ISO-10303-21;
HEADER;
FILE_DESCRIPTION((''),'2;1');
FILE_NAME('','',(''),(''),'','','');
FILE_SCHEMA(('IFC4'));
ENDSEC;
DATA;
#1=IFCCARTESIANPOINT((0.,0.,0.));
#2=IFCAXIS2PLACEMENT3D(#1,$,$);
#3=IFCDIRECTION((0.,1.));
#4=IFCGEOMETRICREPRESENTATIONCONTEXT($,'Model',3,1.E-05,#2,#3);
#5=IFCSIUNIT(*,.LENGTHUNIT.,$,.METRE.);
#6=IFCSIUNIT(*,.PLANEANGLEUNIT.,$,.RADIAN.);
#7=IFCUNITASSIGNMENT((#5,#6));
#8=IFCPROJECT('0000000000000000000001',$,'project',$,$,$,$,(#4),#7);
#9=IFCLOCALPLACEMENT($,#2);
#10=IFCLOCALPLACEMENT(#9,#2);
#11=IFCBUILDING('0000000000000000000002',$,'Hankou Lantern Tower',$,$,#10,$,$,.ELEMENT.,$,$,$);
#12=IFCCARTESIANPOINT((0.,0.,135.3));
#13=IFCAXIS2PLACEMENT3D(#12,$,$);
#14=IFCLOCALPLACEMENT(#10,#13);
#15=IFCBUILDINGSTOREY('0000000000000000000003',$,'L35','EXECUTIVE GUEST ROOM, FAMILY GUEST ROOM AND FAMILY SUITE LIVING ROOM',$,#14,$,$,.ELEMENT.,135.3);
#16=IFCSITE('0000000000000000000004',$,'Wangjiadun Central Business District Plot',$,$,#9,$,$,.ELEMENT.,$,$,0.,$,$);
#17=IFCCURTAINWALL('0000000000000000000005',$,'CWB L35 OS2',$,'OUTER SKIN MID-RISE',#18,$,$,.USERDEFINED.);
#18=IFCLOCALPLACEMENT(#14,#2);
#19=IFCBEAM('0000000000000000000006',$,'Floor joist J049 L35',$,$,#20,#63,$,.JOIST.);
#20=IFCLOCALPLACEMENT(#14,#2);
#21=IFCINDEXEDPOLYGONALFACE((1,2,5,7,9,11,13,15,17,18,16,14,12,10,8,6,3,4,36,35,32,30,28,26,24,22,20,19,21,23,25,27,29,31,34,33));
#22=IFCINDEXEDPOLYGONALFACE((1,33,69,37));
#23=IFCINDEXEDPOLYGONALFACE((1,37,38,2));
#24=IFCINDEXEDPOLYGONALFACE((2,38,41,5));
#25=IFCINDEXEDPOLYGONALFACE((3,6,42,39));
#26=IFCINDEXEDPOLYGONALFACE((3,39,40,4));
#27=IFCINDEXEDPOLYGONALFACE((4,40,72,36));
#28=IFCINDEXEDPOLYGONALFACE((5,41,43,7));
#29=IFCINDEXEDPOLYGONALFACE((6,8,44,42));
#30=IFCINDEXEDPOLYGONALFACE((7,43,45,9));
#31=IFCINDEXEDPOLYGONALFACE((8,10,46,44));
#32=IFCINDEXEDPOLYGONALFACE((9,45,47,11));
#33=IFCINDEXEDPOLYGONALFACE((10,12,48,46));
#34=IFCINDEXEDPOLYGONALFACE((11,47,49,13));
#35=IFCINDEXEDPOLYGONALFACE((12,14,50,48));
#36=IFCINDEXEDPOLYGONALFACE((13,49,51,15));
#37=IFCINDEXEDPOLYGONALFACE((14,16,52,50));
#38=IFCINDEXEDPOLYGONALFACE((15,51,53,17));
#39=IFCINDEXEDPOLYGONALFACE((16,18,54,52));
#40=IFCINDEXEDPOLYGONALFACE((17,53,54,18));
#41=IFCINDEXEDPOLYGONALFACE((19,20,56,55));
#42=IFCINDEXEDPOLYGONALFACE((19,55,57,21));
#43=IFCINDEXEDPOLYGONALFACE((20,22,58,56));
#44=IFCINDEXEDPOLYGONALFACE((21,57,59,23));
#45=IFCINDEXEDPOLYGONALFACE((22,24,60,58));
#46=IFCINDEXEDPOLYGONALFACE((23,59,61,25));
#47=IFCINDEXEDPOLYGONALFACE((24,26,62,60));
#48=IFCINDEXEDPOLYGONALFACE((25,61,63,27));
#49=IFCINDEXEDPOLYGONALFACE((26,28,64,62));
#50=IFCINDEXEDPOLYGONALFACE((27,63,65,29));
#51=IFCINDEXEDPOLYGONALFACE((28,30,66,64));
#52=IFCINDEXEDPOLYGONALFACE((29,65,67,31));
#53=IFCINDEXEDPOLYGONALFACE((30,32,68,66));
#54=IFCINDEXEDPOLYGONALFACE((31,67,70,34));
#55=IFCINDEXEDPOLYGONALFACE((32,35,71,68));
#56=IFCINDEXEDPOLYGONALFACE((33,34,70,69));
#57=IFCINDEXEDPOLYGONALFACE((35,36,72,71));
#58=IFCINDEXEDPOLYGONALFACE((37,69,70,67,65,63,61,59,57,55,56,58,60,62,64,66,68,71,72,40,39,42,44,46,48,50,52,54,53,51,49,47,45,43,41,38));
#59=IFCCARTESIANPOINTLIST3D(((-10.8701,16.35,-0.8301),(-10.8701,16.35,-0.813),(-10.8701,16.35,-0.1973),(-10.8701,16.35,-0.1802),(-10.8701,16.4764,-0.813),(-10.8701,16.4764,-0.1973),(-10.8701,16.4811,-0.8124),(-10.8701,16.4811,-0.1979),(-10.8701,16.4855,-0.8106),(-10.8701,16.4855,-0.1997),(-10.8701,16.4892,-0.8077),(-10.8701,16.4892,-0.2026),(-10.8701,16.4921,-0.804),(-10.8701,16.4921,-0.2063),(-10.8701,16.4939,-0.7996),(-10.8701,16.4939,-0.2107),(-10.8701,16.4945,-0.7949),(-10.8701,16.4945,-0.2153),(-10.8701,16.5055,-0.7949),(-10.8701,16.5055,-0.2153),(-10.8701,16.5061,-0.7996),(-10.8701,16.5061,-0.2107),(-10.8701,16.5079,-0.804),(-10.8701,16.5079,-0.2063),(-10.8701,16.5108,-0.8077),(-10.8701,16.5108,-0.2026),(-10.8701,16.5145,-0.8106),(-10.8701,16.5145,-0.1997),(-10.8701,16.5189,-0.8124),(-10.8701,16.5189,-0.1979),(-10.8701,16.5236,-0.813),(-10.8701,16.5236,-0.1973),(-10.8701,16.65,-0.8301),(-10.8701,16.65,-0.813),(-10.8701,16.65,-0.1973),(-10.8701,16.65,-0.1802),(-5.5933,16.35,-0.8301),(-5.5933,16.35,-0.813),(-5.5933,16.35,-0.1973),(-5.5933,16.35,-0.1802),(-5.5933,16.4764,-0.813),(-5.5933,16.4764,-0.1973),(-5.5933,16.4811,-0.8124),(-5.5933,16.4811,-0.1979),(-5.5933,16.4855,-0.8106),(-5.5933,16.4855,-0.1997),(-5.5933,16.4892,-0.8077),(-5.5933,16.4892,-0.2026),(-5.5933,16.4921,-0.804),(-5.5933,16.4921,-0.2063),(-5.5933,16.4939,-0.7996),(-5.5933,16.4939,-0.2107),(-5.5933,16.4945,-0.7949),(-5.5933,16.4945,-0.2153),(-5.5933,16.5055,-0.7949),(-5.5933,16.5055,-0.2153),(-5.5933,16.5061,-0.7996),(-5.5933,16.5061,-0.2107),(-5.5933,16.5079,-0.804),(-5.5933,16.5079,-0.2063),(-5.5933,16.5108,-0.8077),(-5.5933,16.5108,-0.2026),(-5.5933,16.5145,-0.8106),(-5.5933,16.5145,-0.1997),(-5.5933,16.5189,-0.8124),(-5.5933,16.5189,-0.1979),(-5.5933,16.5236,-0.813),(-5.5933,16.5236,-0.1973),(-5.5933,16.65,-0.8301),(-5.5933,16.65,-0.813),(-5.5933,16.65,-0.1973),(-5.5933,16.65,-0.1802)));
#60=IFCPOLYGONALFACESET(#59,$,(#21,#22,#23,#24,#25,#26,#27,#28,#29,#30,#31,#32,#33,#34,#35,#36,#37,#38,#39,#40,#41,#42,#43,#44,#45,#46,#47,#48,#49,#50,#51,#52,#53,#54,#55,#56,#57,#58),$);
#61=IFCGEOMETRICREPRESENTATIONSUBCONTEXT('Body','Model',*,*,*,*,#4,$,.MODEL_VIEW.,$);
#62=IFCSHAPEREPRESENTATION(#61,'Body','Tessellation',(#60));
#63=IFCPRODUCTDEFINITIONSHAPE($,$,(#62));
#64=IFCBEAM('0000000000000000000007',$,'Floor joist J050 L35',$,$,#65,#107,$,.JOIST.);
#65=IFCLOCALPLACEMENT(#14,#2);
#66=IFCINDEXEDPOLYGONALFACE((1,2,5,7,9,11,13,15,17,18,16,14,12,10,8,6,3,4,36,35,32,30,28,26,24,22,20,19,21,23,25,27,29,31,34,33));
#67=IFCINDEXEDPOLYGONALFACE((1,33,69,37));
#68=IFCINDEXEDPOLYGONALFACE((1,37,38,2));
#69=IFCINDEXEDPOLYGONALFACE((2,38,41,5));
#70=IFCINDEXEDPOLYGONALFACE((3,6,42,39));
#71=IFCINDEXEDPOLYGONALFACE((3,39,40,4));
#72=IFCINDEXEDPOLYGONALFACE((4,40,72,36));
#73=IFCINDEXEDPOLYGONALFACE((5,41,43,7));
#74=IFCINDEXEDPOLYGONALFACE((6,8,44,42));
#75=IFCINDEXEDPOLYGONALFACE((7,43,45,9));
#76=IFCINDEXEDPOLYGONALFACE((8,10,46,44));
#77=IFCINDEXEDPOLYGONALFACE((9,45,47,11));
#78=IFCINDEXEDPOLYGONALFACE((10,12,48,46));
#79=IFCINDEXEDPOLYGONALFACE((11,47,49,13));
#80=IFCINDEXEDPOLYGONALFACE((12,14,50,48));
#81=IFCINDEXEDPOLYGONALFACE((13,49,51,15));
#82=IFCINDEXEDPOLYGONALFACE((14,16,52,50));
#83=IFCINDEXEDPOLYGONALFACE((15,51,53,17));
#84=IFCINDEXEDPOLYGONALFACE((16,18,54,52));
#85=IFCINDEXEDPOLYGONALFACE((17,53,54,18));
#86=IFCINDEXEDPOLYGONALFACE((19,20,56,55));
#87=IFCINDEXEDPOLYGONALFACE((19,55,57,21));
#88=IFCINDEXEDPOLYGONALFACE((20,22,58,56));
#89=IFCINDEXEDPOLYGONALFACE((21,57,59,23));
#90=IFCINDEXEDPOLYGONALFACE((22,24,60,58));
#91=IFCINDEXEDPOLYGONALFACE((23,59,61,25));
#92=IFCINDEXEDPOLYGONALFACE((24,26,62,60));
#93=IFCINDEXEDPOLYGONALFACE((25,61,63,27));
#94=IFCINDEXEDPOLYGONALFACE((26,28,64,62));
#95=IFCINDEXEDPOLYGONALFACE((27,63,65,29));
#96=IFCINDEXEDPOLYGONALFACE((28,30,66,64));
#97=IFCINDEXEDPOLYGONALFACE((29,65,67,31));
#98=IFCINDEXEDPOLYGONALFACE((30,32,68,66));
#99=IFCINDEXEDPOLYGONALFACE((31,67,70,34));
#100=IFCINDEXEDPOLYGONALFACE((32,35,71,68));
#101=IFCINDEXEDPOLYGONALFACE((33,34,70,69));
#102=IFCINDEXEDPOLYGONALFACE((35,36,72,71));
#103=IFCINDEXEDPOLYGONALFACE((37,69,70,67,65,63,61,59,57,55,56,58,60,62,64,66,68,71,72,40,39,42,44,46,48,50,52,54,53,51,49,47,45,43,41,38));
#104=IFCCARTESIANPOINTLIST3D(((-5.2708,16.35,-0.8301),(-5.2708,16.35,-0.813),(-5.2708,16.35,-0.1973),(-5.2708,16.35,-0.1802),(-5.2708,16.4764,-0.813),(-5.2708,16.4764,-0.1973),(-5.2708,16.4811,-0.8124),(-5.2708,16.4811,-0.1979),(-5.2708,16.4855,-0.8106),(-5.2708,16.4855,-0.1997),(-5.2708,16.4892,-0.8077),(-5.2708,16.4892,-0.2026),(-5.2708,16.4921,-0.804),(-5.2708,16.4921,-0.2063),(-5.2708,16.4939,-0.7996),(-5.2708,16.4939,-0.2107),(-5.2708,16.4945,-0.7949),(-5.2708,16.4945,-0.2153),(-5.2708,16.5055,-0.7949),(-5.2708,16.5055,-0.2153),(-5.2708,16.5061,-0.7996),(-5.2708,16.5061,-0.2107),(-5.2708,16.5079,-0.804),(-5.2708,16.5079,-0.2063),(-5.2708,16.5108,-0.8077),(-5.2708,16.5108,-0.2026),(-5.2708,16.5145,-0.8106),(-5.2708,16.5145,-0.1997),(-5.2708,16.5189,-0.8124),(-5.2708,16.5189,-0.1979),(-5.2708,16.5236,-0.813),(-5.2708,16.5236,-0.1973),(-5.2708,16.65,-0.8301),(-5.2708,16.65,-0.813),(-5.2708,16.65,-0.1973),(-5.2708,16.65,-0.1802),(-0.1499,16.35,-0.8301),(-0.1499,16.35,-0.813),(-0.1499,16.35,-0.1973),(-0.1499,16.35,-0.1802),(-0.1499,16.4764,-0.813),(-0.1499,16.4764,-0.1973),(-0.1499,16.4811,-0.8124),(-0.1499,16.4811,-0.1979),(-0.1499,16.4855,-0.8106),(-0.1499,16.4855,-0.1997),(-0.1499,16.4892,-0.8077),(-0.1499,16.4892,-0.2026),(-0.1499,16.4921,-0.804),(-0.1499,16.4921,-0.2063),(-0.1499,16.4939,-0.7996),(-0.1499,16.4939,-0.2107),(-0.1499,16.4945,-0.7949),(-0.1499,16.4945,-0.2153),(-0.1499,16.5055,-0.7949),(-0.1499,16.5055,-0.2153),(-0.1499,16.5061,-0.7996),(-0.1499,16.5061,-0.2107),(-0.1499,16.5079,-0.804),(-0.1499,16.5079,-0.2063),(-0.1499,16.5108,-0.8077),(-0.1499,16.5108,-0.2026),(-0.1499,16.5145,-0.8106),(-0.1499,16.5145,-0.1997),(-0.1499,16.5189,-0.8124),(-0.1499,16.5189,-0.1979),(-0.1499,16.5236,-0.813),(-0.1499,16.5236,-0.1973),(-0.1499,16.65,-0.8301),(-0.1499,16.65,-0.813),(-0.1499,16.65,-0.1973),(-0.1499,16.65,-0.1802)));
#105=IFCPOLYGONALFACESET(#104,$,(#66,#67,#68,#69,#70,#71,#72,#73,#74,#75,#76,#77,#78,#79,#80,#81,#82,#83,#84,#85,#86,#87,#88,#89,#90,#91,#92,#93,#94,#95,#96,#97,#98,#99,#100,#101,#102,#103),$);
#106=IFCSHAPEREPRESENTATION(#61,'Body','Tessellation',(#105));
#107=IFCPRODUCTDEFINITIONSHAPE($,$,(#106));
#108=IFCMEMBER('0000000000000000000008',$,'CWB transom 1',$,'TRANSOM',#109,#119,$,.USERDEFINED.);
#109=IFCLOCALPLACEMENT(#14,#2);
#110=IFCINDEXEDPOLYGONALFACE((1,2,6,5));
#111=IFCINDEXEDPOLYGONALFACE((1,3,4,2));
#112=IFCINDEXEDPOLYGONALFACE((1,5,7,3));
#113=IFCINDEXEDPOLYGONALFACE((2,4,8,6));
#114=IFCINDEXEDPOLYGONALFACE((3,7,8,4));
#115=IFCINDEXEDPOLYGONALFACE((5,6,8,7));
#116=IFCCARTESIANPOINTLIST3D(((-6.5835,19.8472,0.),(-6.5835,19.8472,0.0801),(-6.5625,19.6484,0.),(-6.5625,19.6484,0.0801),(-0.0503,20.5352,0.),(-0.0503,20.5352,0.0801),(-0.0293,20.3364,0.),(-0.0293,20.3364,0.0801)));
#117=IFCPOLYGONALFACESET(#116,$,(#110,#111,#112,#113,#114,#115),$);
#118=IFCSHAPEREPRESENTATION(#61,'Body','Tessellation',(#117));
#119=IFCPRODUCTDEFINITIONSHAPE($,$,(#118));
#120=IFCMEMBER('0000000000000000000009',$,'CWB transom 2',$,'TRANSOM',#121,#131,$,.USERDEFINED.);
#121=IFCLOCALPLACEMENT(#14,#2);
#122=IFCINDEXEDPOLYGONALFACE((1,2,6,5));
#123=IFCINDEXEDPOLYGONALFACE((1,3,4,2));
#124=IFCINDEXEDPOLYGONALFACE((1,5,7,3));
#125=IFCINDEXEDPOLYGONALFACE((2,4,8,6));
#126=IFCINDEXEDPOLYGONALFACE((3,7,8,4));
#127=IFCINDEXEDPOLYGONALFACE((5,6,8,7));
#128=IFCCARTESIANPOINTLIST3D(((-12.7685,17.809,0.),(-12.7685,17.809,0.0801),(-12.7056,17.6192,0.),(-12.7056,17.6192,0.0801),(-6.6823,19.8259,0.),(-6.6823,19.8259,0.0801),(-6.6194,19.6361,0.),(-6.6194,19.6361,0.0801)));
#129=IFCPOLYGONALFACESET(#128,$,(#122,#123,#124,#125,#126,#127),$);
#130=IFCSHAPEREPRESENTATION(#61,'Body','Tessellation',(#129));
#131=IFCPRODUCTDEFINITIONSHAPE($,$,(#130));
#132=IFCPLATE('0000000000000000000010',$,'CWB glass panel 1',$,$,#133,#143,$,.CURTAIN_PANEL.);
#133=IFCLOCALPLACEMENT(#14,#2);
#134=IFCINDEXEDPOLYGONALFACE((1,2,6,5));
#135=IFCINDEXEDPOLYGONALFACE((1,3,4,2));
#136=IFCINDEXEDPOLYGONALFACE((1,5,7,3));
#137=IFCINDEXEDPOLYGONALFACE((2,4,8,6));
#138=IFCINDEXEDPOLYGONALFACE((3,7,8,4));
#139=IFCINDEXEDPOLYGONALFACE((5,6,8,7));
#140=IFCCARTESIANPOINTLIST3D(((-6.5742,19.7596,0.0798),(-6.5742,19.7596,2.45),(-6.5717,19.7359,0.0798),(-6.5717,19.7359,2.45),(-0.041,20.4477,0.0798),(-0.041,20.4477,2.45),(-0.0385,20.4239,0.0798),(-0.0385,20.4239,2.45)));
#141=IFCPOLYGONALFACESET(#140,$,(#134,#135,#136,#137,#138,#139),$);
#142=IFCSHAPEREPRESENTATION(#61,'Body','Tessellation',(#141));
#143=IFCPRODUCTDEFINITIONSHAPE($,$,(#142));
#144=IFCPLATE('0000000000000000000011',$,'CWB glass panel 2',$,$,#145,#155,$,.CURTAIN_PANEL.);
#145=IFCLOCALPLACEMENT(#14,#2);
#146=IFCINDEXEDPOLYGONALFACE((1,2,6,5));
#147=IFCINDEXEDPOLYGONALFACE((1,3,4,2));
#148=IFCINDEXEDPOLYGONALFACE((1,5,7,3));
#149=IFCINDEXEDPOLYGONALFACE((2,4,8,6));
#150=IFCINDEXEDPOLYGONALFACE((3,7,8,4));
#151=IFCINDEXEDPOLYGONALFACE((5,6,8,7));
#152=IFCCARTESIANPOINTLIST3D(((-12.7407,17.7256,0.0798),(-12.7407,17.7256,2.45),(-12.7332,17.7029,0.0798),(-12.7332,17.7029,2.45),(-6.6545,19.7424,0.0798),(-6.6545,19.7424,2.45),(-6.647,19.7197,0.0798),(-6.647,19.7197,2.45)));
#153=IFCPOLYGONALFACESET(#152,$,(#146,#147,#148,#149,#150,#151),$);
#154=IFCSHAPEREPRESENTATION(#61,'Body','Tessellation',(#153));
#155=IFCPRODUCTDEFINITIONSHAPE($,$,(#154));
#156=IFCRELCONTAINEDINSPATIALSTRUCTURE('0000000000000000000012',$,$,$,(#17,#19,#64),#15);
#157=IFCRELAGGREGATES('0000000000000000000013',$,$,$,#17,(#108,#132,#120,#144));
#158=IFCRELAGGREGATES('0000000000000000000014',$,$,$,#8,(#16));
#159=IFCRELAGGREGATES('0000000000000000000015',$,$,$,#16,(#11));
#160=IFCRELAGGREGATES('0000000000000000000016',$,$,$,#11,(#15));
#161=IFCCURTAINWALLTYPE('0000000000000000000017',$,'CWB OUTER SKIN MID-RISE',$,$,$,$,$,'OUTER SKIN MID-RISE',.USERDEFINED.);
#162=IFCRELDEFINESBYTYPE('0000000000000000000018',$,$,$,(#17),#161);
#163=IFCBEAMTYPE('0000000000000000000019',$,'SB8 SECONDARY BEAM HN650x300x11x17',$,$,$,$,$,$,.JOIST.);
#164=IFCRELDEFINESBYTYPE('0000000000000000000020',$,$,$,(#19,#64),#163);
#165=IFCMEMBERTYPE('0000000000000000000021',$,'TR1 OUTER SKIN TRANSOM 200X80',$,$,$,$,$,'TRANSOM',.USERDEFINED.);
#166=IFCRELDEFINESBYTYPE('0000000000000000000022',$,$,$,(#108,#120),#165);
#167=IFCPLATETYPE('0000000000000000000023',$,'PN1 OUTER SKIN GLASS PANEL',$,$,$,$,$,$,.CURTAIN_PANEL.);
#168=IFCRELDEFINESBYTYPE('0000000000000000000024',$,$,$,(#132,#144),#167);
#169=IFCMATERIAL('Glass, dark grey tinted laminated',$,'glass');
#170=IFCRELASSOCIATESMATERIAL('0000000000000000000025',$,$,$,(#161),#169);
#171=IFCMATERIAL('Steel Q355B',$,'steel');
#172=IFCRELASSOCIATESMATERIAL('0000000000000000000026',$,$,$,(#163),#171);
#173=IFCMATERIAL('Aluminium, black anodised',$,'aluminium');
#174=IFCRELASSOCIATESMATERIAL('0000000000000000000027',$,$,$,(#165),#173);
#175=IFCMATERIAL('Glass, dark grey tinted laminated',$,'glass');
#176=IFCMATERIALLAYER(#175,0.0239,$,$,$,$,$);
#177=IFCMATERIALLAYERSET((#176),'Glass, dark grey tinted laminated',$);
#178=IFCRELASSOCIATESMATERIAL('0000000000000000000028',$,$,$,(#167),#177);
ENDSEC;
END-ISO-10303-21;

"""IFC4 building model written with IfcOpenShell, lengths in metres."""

from ifc_helpers import new_model, si_unit, direction, frame, origin, origin_2d, place, context, subcontext, project, spatial, rectangle, i_section, extrude, material, layer, layer_set, material_profile, profile_set, type_object, element, aggregate, save


model = new_model("IFC4")

# Units and contexts
model_context = context("Model", 3, precision=1e-05, world=origin(), true_north=direction((0.0, 1.0)))
body_context = subcontext(model_context, "Body", "Model", "MODEL_VIEW")
ifc_project = project(units=[si_unit("LENGTHUNIT", "METRE"), si_unit("PLANEANGLEUNIT", "RADIAN")], contexts=[model_context])

# Site, building, storey
site_placement = place(None, origin())
site = spatial("IfcSite", under=ifc_project, at=site_placement, Name="Wangjiadun Central Business District Plot", CompositionType="ELEMENT", RefElevation=0.0)
building_placement = place(site_placement, origin())
building = spatial("IfcBuilding", under=site, at=building_placement, Name="Hankou Lantern Tower", CompositionType="ELEMENT")
storey_placement = place(building_placement, frame((0.0, 0.0, 135.3)))
storey = spatial("IfcBuildingStorey", under=building, at=storey_placement, Name="L35", Description="EXECUTIVE GUEST ROOM, FAMILY GUEST ROOM AND FAMILY SUITE LIVING ROOM", CompositionType="ELEMENT", Elevation=135.3)

# Curtain wall
ifc_material_1 = material(Name="Glass, dark grey tinted laminated", Category="glass")
curtain_wall_type = type_object("IfcCurtainWallType", Name="CWB OUTER SKIN MID-RISE", ElementType="OUTER SKIN MID-RISE", PredefinedType="USERDEFINED", material=ifc_material_1)
curtain_wall_placement = place(storey_placement, origin())
curtain_wall = element("IfcCurtainWall", 1, at=curtain_wall_placement, inside=storey, type_object=curtain_wall_type, Name="CWB L35 OS2", ObjectType="OUTER SKIN MID-RISE", PredefinedType="USERDEFINED")

# Beams
ifc_material_2 = material(Name="Steel Q355B", Category="steel")
ifc_material_profile_1 = material_profile(ifc_material_2, i_section(OverallWidth=0.3, OverallDepth=0.6499, WebThickness=0.011, FlangeThickness=0.0171, FilletRadius=0.0181, at=origin_2d()), Name="HN650x300x11x17")
ifc_profile_set_1 = profile_set([ifc_material_profile_1], Name="Steel Q355B")
beam_type_1 = type_object("IfcBeamType", Name="SB8 SECONDARY BEAM HN650x300x11x17", PredefinedType="JOIST", material=ifc_profile_set_1)
beam_1_placement = place(storey_placement, frame((-10.8701, 16.5, -0.5051), z_axis=(1.0, 0.0, 0.0), x_axis=(0.0, 1.0, 0.0)))
element("IfcBeam", 2, at=beam_1_placement, inside=storey, type_object=beam_type_1, Name="Floor joist J049 L35", PredefinedType="JOIST", context=body_context, shape_type="SweptSolid", body=[
    extrude(i_section(OverallWidth=0.3, OverallDepth=0.6499, WebThickness=0.011, FlangeThickness=0.0171, FilletRadius=0.0181, at=origin_2d()), origin(), (0.0, 0.0, 1.0), 5.2769),
])
beam_2_placement = place(storey_placement, frame((-5.2708, 16.5, -0.5051), z_axis=(1.0, 0.0, 0.0), x_axis=(0.0, 1.0, 0.0)))
element("IfcBeam", 3, at=beam_2_placement, inside=storey, type_object=beam_type_1, Name="Floor joist J050 L35", PredefinedType="JOIST", context=body_context, shape_type="SweptSolid", body=[
    extrude(i_section(OverallWidth=0.3, OverallDepth=0.6499, WebThickness=0.011, FlangeThickness=0.0171, FilletRadius=0.0181, at=origin_2d()), origin(), (0.0, 0.0, 1.0), 5.1208),
])

# Members
ifc_material_3 = material(Name="Aluminium, black anodised", Category="aluminium")
ifc_material_profile_2 = material_profile(ifc_material_3, rectangle(XDim=0.2, YDim=0.0801, at=origin_2d()), Name="TR1 200X80")
ifc_profile_set_2 = profile_set([ifc_material_profile_2], Name="Aluminium, black anodised")
member_type_1 = type_object("IfcMemberType", Name="TR1 OUTER SKIN TRANSOM 200X80", ElementType="TRANSOM", PredefinedType="USERDEFINED", material=ifc_profile_set_2)
member_1_placement = place(storey_placement, frame((-0.0398, 20.4358, 0.04), z_axis=(-0.994501, -0.104727, 0.0), x_axis=(0.104727, -0.994501, 0.0)))
member_1 = element("IfcMember", 4, at=member_1_placement, type_object=member_type_1, Name="CWB transom 1", ObjectType="TRANSOM", PredefinedType="USERDEFINED", context=body_context, shape_type="SweptSolid", body=[
    extrude(rectangle(XDim=0.2, YDim=0.0801, at=origin_2d()), origin(), (0.0, 0.0, 1.0), 6.5693),
])
member_2_placement = place(storey_placement, frame((-6.6509, 19.731, 0.04), z_axis=(-0.949238, -0.314559, 0.0), x_axis=(0.314559, -0.949238, 0.0)))
member_2 = element("IfcMember", 5, at=member_2_placement, type_object=member_type_1, Name="CWB transom 2", ObjectType="TRANSOM", PredefinedType="USERDEFINED", context=body_context, shape_type="SweptSolid", body=[
    extrude(rectangle(XDim=0.2, YDim=0.0801, at=origin_2d()), origin(), (0.0, 0.0, 1.0), 6.4116),
])

# Plates
ifc_material_4 = material(Name="Glass, dark grey tinted laminated", Category="glass")
ifc_layer_1 = layer(ifc_material_4, 0.0239)
ifc_layer_set_1 = layer_set([ifc_layer_1], Name="Glass, dark grey tinted laminated")
plate_type = type_object("IfcPlateType", Name="PN1 OUTER SKIN GLASS PANEL", PredefinedType="CURTAIN_PANEL", material=ifc_layer_set_1)
plate_1_placement = place(storey_placement, frame((-3.3064, 20.0918, 0.0798), z_axis=(0.0, 0.0, 1.0), x_axis=(-0.994499, -0.104743, 0.0)))
plate_1 = element("IfcPlate", 6, at=plate_1_placement, type_object=plate_type, Name="CWB glass panel 1", PredefinedType="CURTAIN_PANEL", context=body_context, shape_type="SweptSolid", body=[
    extrude(rectangle(XDim=6.5693, YDim=0.0239, at=origin_2d()), origin(), (0.0, 0.0, 1.0), 2.3701),
])
plate_2_placement = place(storey_placement, frame((-9.6938, 18.7227, 0.0798), z_axis=(0.0, 0.0, 1.0), x_axis=(-0.949241, -0.314551, 0.0)))
plate_2 = element("IfcPlate", 7, at=plate_2_placement, type_object=plate_type, Name="CWB glass panel 2", PredefinedType="CURTAIN_PANEL", context=body_context, shape_type="SweptSolid", body=[
    extrude(rectangle(XDim=6.4116, YDim=0.0239, at=origin_2d()), origin(), (0.0, 0.0, 1.0), 2.3701),
])
aggregate(curtain_wall, [member_1, plate_1, member_2, plate_2])

save(model, "model.ifc")
